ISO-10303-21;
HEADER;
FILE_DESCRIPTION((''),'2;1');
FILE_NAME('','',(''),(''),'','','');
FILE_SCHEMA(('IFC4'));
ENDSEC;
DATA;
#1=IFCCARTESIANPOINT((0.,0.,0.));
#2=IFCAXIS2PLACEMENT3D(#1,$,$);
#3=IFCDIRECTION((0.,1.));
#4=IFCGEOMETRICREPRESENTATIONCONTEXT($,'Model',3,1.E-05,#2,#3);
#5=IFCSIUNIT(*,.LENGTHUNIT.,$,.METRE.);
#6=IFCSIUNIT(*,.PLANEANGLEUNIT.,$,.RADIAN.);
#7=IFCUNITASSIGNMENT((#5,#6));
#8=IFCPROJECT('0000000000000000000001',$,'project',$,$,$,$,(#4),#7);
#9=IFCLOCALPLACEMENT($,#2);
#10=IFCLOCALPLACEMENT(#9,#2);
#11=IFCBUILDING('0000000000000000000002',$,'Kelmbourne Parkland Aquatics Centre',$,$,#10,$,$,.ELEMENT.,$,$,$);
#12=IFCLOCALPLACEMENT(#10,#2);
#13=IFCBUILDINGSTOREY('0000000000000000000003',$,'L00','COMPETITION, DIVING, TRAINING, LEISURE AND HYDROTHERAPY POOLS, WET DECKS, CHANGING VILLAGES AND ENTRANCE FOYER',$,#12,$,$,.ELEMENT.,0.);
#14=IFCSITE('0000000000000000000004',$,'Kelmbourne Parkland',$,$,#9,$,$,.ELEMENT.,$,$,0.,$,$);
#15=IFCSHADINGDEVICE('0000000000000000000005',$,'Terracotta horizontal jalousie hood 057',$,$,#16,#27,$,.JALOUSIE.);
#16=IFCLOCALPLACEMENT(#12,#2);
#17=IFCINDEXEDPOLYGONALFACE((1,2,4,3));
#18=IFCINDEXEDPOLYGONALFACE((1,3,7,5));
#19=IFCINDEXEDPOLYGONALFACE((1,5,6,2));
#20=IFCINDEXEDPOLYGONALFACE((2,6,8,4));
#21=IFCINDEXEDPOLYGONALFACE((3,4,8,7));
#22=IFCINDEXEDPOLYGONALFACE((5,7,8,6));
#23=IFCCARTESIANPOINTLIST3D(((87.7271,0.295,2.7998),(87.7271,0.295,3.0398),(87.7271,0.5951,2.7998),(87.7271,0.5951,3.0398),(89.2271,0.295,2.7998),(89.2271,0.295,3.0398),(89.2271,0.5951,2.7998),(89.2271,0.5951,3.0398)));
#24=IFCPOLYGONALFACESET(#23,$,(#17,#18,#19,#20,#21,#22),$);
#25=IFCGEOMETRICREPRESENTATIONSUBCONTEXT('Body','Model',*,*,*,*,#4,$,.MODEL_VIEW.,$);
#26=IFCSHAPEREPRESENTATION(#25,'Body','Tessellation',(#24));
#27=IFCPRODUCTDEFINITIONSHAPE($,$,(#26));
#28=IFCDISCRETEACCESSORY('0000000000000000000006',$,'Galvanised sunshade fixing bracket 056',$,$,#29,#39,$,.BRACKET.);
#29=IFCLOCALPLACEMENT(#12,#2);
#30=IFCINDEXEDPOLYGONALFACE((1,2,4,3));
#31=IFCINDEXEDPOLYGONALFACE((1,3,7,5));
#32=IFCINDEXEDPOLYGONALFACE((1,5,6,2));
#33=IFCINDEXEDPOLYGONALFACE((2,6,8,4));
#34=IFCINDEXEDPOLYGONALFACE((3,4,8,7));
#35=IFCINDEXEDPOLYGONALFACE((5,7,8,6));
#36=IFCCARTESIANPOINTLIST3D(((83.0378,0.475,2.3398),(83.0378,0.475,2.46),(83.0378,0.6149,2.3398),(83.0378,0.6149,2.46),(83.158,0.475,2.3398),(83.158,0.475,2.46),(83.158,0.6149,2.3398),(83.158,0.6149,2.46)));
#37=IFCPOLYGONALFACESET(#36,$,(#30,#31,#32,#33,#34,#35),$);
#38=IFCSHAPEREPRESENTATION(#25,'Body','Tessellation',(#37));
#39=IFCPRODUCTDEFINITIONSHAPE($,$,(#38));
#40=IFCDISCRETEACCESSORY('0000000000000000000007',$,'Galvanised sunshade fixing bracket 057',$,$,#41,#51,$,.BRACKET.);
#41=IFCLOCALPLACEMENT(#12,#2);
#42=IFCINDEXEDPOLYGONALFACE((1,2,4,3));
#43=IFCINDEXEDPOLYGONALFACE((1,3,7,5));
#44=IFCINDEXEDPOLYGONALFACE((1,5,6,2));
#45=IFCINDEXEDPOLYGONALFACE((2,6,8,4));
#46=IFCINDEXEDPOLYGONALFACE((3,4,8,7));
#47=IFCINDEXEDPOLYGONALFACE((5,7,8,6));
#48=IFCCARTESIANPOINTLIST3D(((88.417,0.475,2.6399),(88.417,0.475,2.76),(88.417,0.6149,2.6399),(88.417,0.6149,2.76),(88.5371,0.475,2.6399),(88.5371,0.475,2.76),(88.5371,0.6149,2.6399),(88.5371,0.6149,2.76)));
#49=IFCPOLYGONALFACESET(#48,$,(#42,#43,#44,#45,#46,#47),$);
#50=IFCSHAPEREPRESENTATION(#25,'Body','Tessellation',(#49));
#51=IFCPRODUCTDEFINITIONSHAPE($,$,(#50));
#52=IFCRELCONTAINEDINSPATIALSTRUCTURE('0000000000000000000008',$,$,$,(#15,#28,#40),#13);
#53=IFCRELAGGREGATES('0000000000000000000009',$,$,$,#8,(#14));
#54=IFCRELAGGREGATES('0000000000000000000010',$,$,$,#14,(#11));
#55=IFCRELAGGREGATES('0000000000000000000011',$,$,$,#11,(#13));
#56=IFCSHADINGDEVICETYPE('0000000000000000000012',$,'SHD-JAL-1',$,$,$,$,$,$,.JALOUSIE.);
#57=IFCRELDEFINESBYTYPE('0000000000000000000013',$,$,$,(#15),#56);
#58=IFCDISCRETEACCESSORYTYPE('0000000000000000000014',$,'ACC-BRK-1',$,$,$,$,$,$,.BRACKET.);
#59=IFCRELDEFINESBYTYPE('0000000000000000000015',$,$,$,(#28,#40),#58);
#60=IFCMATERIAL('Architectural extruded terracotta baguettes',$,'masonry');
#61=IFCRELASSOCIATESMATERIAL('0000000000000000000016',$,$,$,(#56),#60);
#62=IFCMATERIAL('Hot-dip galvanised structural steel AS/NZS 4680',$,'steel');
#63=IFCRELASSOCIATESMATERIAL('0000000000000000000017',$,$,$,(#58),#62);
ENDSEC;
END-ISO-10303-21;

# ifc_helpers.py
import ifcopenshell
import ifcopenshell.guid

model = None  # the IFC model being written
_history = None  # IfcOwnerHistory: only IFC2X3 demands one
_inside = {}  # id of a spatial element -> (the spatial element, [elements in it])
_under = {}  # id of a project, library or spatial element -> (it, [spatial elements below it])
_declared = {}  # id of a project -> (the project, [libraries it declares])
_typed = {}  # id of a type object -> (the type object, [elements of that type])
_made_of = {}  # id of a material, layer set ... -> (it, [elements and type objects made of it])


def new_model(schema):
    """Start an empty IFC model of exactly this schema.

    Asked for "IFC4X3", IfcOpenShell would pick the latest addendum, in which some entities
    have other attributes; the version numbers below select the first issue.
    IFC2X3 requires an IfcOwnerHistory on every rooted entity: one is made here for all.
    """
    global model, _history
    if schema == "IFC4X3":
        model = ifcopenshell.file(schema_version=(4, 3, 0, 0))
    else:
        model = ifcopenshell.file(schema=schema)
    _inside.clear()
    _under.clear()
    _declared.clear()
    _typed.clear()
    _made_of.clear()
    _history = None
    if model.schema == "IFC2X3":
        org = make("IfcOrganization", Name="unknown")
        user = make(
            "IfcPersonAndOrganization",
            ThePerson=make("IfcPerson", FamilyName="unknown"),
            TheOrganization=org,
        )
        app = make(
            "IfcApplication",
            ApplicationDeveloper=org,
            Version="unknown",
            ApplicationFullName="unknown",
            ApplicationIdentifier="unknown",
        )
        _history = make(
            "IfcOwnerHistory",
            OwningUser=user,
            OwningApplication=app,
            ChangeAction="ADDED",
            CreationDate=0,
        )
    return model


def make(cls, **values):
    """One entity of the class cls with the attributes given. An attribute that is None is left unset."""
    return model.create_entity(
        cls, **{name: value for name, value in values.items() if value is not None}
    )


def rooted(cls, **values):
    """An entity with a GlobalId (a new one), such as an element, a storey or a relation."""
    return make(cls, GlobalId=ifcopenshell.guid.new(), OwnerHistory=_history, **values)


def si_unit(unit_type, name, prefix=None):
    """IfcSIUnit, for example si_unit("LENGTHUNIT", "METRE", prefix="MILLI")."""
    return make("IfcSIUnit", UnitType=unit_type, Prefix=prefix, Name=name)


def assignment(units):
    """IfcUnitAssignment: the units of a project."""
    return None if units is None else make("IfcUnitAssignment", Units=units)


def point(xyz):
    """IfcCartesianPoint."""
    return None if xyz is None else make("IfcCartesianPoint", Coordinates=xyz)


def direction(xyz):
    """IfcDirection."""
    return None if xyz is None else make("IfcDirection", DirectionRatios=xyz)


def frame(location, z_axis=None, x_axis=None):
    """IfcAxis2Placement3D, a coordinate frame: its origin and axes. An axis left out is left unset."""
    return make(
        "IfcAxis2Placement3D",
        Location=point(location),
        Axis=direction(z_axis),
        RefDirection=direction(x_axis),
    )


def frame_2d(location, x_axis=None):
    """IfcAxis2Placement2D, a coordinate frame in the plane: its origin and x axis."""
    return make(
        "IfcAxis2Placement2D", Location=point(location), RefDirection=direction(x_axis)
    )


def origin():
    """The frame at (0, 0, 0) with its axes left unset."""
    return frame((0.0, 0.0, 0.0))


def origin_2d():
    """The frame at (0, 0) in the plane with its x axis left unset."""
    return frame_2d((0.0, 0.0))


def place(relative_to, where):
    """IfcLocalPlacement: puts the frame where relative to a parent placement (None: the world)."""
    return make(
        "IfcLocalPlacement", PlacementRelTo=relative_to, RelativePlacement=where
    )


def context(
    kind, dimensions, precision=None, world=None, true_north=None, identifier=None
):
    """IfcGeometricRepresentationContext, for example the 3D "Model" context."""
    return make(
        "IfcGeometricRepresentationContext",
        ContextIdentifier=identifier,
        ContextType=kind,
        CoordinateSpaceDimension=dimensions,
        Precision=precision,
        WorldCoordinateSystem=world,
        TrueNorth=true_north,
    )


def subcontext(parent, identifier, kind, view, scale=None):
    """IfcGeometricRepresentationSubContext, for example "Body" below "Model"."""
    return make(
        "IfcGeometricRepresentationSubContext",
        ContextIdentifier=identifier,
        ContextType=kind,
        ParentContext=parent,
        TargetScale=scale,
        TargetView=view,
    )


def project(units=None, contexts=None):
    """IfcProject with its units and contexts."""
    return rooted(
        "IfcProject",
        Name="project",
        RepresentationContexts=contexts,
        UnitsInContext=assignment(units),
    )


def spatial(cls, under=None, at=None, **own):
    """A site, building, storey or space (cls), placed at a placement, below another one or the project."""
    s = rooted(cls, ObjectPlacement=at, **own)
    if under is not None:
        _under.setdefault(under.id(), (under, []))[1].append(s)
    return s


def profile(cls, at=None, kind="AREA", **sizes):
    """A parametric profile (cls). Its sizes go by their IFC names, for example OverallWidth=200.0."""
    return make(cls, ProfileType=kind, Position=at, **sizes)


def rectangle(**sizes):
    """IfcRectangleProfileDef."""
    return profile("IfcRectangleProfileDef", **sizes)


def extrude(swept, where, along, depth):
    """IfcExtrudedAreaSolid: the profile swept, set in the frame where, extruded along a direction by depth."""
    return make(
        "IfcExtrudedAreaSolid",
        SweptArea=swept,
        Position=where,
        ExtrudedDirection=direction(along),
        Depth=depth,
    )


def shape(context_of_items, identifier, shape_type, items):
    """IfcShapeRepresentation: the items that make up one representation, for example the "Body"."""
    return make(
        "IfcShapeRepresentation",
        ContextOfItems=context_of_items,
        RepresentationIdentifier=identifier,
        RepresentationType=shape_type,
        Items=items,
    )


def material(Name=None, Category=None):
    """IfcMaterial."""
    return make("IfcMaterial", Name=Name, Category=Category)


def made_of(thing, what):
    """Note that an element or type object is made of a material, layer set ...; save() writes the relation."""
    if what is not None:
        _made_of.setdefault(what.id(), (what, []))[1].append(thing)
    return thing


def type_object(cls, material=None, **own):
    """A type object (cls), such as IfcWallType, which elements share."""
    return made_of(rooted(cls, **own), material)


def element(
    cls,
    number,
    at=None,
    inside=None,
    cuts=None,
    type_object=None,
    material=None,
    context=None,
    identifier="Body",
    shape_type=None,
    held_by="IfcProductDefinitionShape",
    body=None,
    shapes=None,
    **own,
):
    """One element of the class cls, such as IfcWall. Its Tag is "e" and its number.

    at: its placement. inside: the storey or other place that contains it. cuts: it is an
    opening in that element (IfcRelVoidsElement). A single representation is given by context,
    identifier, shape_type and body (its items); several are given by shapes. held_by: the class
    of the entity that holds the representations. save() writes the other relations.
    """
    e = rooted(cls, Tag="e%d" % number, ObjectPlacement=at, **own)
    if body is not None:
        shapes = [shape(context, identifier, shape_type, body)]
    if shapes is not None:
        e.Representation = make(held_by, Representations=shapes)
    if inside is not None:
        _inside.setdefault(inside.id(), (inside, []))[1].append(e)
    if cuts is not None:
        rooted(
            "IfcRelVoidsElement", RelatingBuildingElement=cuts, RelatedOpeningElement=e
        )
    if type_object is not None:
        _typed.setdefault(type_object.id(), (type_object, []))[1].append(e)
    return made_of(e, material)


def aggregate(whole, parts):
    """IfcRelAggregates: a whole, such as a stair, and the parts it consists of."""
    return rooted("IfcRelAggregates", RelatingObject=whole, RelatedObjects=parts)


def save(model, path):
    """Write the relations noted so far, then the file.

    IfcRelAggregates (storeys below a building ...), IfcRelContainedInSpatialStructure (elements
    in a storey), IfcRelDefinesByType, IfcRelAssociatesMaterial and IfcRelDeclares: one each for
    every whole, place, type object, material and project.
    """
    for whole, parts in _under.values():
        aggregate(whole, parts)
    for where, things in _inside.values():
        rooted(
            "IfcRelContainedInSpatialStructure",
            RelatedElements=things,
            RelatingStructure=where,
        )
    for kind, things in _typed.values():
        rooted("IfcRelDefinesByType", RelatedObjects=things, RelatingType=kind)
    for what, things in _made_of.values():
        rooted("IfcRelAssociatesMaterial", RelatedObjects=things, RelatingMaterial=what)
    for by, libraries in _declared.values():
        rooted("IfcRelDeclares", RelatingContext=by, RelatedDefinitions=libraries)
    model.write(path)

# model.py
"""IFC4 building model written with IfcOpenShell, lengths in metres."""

from ifc_helpers import new_model, si_unit, direction, frame, origin, origin_2d, place, context, subcontext, project, spatial, rectangle, extrude, material, type_object, element, save


model = new_model("IFC4")

# Units and contexts
model_context = context("Model", 3, precision=1e-05, world=origin(), true_north=direction((0.0, 1.0)))
body_context = subcontext(model_context, "Body", "Model", "MODEL_VIEW")
ifc_project = project(units=[si_unit("LENGTHUNIT", "METRE"), si_unit("PLANEANGLEUNIT", "RADIAN")], contexts=[model_context])

# Site, building, storey
site_placement = place(None, origin())
site = spatial("IfcSite", under=ifc_project, at=site_placement, Name="Kelmbourne Parkland", CompositionType="ELEMENT", RefElevation=0.0)
building_placement = place(site_placement, origin())
building = spatial("IfcBuilding", under=site, at=building_placement, Name="Kelmbourne Parkland Aquatics Centre", CompositionType="ELEMENT")
storey_placement = place(building_placement, origin())
storey = spatial("IfcBuildingStorey", under=building, at=storey_placement, Name="L00", Description="COMPETITION, DIVING, TRAINING, LEISURE AND HYDROTHERAPY POOLS, WET DECKS, CHANGING VILLAGES AND ENTRANCE FOYER", CompositionType="ELEMENT", Elevation=0.0)

# Shading device
ifc_material_1 = material(Name="Architectural extruded terracotta baguettes", Category="masonry")
shading_device_type = type_object("IfcShadingDeviceType", Name="SHD-JAL-1", PredefinedType="JALOUSIE", material=ifc_material_1)
shading_device_1_placement = place(storey_placement, frame((88.4771, 0.4451, 2.7998), z_axis=(0.0, 0.0, 1.0), x_axis=(1.0, 0.0, 0.0)))
element("IfcShadingDevice", 1, at=shading_device_1_placement, inside=storey, type_object=shading_device_type, Name="Terracotta horizontal jalousie hood 057", PredefinedType="JALOUSIE", context=body_context, shape_type="SweptSolid", body=[
    extrude(rectangle(XDim=1.5, YDim=0.3, at=origin_2d()), origin(), (0.0, 0.0, 1.0), 0.24),
])

# Discrete accessories
ifc_material_2 = material(Name="Hot-dip galvanised structural steel AS/NZS 4680", Category="steel")
discrete_accessory_type = type_object("IfcDiscreteAccessoryType", Name="ACC-BRK-1", PredefinedType="BRACKET", material=ifc_material_2)
for number, where, z_axis, x_axis, name in (
    (2, (83.0979, 0.5449, 2.3398), (0.0, 0.0, 1.0), (1.0, 0.0, 0.0), "Galvanised sunshade fixing bracket 056"),
    (3, (88.4771, 0.5449, 2.6399), (0.0, 0.0, 1.0), (1.0, 0.0, 0.0), "Galvanised sunshade fixing bracket 057"),
):
    element("IfcDiscreteAccessory", number, at=place(storey_placement, frame(where, z_axis=z_axis, x_axis=x_axis)), inside=storey, type_object=discrete_accessory_type, Name=name, PredefinedType="BRACKET", context=body_context, shape_type="SweptSolid", body=[
        extrude(rectangle(XDim=0.1201, YDim=0.1399, at=origin_2d()), origin(), (0.0, 0.0, 1.0), 0.1201),
    ])

save(model, "model.ifc")
